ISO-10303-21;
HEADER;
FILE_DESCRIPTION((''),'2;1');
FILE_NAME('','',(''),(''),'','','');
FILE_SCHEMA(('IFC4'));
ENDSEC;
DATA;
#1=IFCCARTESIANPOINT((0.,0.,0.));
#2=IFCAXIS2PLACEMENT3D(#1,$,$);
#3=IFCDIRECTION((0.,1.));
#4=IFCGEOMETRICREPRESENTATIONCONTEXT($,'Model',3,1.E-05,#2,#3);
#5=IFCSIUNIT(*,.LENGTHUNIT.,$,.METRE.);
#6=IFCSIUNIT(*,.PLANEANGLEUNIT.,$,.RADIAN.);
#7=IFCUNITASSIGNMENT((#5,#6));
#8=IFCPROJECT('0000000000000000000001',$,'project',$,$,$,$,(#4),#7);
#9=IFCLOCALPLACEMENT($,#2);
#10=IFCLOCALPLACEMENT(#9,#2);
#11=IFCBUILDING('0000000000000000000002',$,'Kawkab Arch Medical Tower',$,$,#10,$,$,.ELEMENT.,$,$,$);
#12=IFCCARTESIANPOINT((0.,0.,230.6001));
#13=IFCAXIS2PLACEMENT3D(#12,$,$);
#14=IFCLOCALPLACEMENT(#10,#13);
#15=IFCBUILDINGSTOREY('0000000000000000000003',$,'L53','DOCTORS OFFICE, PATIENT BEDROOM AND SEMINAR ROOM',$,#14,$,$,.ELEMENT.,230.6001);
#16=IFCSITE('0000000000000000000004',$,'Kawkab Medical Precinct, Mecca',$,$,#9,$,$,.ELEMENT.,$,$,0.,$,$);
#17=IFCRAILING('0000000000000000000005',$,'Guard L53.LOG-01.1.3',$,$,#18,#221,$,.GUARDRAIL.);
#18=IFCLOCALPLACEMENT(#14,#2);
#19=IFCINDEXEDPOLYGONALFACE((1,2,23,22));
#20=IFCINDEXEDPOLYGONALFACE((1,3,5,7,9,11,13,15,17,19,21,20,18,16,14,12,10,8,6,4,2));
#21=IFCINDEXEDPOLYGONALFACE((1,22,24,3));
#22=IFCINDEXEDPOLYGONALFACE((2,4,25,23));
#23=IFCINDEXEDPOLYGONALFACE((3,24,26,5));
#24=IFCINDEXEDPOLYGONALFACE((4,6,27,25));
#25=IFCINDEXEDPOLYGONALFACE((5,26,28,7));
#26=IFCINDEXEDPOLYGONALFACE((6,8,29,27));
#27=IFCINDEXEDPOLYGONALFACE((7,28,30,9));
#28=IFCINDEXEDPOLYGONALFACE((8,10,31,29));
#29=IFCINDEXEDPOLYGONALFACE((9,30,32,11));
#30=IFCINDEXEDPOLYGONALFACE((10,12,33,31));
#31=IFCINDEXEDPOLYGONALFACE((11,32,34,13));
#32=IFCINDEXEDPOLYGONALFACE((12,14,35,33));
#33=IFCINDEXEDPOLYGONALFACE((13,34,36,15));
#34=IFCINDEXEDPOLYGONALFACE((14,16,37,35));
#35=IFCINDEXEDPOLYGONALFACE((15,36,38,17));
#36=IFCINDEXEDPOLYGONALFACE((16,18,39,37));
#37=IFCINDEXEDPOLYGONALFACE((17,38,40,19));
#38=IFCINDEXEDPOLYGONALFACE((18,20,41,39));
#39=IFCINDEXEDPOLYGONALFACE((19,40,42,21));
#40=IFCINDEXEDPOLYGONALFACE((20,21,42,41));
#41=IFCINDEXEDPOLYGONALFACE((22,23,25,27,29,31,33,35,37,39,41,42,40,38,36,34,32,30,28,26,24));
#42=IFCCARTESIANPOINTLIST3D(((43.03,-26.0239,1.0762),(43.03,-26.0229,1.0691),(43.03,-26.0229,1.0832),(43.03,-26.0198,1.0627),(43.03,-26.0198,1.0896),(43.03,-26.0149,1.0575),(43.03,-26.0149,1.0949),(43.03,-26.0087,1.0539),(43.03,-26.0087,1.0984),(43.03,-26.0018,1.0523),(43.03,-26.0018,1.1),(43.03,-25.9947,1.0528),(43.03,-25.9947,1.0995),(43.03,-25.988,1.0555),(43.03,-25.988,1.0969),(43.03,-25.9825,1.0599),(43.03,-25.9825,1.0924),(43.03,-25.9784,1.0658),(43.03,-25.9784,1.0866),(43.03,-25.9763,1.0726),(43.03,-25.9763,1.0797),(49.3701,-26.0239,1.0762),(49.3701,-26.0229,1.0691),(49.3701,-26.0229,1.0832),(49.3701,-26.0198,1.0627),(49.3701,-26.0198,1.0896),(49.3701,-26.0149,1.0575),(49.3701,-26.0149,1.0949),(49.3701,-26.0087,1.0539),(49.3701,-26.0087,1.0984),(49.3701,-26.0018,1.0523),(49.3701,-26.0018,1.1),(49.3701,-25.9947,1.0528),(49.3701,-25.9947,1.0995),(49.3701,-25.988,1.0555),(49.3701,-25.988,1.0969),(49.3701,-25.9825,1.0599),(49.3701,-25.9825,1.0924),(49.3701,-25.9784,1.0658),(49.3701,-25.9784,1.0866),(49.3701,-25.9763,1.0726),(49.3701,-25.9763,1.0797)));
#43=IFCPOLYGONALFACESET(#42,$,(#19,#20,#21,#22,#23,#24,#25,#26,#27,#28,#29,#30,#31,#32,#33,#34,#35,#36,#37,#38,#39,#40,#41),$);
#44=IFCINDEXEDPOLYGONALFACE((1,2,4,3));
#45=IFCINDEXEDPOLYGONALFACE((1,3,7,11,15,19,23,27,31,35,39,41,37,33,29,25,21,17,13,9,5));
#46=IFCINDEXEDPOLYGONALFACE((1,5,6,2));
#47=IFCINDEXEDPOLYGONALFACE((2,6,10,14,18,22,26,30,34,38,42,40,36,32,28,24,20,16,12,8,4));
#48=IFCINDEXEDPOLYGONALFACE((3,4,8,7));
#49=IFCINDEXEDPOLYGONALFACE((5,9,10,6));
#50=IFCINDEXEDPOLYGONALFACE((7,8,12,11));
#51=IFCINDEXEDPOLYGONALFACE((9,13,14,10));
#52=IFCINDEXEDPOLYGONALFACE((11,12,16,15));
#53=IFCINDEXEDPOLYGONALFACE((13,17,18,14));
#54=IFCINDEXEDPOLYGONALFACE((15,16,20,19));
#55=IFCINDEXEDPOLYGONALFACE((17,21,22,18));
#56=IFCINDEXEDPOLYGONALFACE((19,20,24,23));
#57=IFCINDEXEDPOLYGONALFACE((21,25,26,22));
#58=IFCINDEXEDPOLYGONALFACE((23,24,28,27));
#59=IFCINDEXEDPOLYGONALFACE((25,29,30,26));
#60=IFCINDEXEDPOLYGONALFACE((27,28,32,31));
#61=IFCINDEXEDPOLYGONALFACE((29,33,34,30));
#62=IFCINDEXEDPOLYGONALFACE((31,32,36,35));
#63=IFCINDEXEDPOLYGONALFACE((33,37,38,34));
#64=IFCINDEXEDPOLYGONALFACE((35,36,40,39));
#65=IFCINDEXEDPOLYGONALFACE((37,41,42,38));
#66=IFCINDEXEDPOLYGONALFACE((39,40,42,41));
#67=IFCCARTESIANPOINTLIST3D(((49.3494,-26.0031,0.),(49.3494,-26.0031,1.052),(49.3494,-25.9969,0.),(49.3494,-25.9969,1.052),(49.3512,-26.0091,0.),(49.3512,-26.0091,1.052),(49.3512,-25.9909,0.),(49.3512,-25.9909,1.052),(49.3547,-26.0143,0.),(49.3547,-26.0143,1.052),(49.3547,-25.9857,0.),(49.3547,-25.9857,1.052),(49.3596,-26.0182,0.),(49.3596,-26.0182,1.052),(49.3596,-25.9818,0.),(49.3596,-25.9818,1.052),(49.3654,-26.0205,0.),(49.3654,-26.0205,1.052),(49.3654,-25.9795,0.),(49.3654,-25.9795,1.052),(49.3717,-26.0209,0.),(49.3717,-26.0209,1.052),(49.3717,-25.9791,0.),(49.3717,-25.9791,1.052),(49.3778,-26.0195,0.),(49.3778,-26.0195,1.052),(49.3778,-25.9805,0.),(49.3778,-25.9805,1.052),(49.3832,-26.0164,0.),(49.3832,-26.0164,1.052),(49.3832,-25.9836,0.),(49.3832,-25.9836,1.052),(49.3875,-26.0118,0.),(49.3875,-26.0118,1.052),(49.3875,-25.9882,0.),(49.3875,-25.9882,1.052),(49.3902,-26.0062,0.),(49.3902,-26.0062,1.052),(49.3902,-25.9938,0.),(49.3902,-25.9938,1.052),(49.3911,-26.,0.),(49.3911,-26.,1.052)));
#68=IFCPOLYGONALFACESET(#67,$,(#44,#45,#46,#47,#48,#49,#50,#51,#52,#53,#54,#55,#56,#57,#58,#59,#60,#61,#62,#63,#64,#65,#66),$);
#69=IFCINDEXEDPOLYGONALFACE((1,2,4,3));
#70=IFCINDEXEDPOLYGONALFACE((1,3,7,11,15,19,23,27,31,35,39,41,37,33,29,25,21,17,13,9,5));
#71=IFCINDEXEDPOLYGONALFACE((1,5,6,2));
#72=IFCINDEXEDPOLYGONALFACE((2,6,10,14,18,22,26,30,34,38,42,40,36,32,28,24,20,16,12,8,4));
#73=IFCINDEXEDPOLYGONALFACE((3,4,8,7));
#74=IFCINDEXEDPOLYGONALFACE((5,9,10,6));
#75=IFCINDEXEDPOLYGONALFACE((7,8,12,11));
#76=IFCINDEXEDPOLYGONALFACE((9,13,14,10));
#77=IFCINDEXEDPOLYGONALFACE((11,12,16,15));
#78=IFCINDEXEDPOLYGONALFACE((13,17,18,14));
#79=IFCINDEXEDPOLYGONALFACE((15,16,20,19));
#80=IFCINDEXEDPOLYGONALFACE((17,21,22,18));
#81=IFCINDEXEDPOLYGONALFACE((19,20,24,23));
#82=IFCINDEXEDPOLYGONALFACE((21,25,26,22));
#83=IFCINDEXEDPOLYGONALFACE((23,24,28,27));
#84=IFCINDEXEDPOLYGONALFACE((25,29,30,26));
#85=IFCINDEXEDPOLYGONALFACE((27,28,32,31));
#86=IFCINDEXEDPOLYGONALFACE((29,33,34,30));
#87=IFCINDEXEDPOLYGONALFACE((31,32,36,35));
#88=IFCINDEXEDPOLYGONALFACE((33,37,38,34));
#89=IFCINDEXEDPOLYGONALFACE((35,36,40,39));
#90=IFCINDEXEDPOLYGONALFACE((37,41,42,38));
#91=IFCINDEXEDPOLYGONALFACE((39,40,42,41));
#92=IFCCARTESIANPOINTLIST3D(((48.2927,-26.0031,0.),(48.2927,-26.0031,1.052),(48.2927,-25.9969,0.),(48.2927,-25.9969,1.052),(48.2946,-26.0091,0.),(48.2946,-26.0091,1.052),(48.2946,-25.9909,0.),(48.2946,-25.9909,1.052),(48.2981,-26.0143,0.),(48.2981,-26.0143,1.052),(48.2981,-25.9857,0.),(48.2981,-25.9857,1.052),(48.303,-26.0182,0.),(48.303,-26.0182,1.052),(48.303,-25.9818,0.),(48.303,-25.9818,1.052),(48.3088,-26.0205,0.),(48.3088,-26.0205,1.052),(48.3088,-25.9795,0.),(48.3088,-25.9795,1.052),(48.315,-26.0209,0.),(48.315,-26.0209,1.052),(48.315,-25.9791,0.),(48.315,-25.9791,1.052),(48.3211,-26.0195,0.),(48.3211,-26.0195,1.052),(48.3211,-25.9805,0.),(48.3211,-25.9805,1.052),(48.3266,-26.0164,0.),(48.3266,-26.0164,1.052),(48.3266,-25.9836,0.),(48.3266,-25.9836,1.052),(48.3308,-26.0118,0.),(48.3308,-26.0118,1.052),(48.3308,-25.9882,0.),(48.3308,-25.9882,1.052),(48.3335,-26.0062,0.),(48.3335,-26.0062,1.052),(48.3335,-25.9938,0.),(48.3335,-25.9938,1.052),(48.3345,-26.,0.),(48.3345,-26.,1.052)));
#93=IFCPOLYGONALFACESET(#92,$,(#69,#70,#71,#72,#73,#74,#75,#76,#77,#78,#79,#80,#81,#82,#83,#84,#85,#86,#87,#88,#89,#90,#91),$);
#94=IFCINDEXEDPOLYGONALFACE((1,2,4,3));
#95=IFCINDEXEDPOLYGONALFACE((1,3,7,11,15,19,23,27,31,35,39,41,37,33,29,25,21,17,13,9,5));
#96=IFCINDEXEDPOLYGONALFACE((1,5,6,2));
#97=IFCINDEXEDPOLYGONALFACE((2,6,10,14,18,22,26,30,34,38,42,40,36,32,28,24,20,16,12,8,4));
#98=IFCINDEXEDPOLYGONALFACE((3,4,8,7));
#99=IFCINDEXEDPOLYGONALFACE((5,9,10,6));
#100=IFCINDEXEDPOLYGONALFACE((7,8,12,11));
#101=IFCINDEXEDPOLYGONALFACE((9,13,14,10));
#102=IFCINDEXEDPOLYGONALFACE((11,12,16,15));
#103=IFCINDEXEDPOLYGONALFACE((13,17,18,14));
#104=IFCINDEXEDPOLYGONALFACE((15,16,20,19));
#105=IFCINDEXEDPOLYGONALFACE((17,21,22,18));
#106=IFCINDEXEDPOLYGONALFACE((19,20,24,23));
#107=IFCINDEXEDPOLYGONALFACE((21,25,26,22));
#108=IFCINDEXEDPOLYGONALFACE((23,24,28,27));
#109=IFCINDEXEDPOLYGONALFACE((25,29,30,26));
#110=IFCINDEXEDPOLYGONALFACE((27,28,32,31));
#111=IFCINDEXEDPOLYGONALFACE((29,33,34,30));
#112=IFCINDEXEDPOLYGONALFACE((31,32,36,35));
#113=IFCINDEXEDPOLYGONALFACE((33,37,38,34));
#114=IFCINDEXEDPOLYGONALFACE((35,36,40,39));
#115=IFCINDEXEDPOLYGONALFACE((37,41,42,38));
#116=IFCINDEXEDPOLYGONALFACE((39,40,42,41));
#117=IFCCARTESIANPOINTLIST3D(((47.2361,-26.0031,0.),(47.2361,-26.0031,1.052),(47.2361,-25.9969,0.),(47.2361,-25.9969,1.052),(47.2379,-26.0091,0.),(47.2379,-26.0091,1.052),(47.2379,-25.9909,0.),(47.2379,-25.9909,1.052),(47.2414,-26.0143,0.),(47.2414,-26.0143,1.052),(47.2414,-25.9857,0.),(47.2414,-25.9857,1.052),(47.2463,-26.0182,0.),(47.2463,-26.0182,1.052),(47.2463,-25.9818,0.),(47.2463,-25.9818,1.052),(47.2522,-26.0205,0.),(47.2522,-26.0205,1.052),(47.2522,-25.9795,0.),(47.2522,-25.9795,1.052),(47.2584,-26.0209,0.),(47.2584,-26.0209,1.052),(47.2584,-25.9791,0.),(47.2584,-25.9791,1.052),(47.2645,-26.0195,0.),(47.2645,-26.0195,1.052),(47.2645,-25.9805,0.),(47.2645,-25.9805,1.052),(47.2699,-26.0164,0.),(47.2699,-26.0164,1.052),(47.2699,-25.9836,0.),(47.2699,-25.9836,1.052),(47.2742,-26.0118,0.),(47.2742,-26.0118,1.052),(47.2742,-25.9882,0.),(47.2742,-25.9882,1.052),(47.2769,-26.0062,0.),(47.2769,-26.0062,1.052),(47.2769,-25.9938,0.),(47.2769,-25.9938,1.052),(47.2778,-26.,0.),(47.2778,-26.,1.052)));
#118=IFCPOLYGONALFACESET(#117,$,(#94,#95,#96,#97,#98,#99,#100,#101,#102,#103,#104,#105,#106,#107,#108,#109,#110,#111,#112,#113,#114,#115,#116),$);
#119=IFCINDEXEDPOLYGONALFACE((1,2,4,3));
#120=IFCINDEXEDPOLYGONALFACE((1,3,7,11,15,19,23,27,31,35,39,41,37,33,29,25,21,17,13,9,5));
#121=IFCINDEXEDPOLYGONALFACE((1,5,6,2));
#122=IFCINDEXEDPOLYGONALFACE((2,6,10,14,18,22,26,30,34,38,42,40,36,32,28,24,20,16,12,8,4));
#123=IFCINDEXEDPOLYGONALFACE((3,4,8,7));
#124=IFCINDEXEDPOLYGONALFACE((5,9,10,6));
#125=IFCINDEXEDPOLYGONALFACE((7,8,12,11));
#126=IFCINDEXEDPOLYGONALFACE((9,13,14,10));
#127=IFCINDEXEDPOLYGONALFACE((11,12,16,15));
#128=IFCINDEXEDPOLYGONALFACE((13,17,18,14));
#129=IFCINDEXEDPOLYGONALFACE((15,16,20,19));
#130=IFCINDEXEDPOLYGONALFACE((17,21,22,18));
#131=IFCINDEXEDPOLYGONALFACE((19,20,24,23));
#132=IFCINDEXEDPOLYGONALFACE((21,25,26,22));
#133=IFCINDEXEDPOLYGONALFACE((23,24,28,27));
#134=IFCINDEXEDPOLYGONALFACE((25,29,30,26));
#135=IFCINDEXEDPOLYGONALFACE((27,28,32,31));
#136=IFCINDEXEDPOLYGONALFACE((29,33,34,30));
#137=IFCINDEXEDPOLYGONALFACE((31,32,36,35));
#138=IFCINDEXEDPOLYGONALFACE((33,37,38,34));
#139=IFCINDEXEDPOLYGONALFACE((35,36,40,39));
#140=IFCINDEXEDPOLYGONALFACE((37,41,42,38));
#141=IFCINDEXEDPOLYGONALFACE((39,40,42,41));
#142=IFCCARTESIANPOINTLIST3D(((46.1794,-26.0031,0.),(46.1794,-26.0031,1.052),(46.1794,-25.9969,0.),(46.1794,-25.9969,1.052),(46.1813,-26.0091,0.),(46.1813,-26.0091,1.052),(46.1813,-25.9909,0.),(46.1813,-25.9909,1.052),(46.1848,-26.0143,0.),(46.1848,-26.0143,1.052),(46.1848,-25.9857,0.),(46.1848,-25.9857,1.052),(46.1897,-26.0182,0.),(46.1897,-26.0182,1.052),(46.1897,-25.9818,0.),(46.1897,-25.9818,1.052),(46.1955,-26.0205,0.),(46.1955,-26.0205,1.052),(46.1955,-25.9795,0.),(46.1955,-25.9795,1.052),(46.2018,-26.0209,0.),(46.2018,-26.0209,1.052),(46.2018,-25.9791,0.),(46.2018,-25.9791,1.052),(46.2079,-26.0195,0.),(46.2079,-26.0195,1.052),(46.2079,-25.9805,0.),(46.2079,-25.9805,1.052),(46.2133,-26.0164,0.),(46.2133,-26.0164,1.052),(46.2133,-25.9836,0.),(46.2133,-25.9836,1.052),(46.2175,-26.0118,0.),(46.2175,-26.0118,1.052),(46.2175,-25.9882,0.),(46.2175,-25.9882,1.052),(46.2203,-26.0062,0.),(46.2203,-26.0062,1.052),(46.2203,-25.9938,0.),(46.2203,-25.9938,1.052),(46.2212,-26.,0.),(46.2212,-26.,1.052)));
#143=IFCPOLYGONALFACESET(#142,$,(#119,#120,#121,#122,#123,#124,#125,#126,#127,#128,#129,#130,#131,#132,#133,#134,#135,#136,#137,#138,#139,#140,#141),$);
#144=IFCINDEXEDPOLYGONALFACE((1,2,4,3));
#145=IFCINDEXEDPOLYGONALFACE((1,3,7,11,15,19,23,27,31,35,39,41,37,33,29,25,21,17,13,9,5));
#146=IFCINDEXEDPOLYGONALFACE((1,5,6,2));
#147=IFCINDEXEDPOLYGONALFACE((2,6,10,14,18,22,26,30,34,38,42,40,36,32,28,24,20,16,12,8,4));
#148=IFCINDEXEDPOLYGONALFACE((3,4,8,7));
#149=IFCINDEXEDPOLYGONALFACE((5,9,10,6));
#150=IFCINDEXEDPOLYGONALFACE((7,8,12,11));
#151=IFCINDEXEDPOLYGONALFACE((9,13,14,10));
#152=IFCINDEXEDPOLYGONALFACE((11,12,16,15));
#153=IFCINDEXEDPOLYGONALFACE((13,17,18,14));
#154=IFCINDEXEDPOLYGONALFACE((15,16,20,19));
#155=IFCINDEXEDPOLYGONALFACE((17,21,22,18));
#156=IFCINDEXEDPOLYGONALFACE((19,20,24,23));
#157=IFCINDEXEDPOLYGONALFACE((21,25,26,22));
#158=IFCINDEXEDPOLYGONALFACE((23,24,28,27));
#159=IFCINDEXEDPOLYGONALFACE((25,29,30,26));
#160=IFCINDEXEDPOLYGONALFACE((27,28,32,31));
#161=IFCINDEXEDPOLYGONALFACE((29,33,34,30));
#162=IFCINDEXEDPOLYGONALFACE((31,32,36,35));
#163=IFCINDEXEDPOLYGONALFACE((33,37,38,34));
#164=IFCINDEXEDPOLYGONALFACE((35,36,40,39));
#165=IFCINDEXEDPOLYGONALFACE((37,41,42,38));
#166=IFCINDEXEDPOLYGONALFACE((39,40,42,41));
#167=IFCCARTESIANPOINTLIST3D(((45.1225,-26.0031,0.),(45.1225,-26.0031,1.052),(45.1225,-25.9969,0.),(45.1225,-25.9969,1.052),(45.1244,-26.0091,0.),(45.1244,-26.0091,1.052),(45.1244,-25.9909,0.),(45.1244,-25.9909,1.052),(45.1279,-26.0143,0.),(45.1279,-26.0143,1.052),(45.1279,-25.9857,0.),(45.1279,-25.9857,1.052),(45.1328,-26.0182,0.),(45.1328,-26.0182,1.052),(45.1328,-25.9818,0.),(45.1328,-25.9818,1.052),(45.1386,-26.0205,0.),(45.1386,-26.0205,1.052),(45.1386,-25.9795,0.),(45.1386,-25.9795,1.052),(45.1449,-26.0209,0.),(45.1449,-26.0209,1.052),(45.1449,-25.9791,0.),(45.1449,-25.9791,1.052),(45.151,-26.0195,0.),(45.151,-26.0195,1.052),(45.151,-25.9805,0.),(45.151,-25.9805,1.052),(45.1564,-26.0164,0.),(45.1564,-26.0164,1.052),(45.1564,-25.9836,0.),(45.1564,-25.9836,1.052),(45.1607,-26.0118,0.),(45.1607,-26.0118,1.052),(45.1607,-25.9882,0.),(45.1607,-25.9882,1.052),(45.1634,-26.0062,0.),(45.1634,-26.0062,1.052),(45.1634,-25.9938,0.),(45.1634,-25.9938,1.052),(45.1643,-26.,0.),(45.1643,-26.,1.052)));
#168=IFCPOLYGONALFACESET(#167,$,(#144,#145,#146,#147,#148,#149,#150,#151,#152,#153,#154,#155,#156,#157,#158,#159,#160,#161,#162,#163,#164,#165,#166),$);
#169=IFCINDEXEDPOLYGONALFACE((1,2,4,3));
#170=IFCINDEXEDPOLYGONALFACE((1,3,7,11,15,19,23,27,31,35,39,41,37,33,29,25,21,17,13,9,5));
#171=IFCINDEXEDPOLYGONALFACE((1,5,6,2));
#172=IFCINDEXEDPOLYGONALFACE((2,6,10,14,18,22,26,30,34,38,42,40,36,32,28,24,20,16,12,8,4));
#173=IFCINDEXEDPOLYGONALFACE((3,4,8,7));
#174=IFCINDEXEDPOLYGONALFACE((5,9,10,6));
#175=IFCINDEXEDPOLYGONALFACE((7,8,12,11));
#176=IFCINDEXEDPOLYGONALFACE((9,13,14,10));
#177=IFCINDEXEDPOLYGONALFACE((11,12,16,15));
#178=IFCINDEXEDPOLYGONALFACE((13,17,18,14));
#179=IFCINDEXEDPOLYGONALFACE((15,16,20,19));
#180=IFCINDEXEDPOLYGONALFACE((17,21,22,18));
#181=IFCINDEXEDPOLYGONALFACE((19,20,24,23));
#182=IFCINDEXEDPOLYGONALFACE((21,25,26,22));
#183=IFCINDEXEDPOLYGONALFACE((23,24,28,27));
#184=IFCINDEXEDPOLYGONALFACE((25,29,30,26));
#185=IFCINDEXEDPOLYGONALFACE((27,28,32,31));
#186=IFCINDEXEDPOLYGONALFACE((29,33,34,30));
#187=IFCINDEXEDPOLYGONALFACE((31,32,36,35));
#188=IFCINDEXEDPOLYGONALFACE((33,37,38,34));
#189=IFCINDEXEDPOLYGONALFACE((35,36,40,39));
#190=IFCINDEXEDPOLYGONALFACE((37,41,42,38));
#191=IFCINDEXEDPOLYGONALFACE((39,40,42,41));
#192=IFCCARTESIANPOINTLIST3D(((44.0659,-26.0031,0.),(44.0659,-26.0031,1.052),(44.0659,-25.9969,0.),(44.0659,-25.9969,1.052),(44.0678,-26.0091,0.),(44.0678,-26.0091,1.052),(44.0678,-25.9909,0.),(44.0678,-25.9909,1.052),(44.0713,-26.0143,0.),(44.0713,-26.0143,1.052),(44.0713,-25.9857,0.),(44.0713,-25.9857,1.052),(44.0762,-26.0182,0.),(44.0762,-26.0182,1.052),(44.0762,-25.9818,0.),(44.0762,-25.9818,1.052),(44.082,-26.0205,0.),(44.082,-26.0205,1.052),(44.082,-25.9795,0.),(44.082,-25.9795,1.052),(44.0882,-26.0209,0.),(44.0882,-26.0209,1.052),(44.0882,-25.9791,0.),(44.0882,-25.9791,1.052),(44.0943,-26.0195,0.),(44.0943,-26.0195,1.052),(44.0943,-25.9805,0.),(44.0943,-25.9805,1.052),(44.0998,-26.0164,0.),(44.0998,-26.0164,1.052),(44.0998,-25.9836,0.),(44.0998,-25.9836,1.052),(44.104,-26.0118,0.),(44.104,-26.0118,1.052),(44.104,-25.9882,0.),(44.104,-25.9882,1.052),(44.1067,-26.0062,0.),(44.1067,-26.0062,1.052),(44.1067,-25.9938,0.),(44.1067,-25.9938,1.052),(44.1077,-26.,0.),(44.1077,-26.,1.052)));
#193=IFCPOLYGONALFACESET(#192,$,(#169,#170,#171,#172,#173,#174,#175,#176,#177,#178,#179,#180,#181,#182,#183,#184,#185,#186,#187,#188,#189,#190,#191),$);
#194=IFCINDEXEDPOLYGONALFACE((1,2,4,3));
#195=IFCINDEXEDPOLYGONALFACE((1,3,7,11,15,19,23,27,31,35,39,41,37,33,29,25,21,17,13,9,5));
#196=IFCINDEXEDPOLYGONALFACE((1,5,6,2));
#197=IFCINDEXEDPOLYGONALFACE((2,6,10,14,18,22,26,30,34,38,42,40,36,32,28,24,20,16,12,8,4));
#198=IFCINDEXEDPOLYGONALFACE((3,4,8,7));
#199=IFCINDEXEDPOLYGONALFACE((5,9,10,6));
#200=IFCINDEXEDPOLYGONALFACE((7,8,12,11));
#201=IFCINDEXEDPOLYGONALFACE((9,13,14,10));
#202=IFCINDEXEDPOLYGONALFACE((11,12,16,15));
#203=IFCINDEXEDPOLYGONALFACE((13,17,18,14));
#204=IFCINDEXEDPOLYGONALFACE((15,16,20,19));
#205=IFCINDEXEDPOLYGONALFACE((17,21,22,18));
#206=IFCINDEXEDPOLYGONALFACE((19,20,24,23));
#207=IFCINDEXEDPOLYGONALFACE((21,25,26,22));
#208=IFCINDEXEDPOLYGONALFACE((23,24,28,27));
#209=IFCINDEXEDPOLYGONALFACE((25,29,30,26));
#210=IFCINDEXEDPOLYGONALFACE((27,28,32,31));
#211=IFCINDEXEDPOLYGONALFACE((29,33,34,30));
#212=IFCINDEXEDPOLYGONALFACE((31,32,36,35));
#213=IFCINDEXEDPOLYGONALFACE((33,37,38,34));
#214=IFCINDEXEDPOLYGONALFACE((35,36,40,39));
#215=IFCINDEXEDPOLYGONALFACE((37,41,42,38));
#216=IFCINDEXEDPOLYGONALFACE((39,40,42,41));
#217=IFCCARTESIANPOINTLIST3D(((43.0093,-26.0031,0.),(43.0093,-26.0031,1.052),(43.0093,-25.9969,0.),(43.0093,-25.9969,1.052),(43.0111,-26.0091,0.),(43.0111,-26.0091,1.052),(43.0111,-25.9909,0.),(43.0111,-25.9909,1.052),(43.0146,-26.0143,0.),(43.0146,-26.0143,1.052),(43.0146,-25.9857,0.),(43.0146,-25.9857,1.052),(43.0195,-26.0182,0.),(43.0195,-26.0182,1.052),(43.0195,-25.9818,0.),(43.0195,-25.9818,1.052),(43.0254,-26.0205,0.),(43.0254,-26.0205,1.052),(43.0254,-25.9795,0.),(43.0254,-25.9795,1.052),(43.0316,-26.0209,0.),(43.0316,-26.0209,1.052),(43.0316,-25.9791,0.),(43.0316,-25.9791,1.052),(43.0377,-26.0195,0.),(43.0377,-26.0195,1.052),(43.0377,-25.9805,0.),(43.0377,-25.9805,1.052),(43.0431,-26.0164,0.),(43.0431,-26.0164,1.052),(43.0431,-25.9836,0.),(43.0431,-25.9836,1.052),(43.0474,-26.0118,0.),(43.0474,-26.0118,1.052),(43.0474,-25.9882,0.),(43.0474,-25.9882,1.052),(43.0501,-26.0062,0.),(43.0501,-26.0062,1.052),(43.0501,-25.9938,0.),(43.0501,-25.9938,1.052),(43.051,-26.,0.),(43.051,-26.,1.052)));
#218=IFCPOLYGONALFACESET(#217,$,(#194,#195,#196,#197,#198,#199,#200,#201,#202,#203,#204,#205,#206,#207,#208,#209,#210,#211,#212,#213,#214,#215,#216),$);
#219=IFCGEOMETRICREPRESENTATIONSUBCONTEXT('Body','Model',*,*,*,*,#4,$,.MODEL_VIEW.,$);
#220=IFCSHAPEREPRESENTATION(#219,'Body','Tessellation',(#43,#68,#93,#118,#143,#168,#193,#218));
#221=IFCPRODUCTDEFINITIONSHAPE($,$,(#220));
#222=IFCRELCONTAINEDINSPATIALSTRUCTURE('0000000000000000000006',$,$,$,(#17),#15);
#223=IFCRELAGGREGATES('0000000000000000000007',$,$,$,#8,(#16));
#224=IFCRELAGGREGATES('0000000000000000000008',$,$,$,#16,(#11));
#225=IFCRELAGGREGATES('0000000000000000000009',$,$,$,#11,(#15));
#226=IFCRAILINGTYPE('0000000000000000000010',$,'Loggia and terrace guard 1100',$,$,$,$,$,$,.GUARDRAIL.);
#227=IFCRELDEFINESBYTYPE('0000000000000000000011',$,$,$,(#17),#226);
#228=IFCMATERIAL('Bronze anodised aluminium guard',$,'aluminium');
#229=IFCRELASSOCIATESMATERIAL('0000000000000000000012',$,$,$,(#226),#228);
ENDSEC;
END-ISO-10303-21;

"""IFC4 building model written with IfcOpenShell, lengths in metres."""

from ifc_helpers import new_model, si_unit, direction, frame, origin, origin_2d, place, context, subcontext, project, spatial, circle, extrude, material, type_object, element, save


model = new_model("IFC4")

# Units and contexts
model_context = context("Model", 3, precision=1e-05, world=origin(), true_north=direction((0.0, 1.0)))
body_context = subcontext(model_context, "Body", "Model", "MODEL_VIEW")
ifc_project = project(units=[si_unit("LENGTHUNIT", "METRE"), si_unit("PLANEANGLEUNIT", "RADIAN")], contexts=[model_context])

# Site, building, storey
site_placement = place(None, origin())
site = spatial("IfcSite", under=ifc_project, at=site_placement, Name="Kawkab Medical Precinct, Mecca", CompositionType="ELEMENT", RefElevation=0.0)
building_placement = place(site_placement, origin())
building = spatial("IfcBuilding", under=site, at=building_placement, Name="Kawkab Arch Medical Tower", CompositionType="ELEMENT")
storey_placement = place(building_placement, frame((0.0, 0.0, 230.6001)))
storey = spatial("IfcBuildingStorey", under=building, at=storey_placement, Name="L53", Description="DOCTORS OFFICE, PATIENT BEDROOM AND SEMINAR ROOM", CompositionType="ELEMENT", Elevation=230.6001)

# Railing
ifc_material_1 = material(Name="Bronze anodised aluminium guard", Category="aluminium")
railing_type = type_object("IfcRailingType", Name="Loggia and terrace guard 1100", PredefinedType="GUARDRAIL", material=ifc_material_1)
railing_1_placement = place(storey_placement, frame((49.3701, -26.0, 0.0)))
element("IfcRailing", 1, at=railing_1_placement, inside=storey, type_object=railing_type, Name="Guard L53.LOG-01.1.3", PredefinedType="GUARDRAIL", context=body_context, shape_type="SweptSolid", body=[
    extrude(circle(Radius=0.0239, at=origin_2d()), frame((0.0, 0.0, 1.0762), z_axis=(-1.0, 0.0, 0.0), x_axis=(0.0, -1.0, 0.0)), (0.0, 0.0, 1.0), 6.3401),
    extrude(circle(Radius=0.021, at=origin_2d()), origin(), (0.0, 0.0, 1.0), 1.052),
    extrude(circle(Radius=0.021, at=origin_2d()), frame((-1.0566, 0.0, 0.0)), (0.0, 0.0, 1.0), 1.052),
    extrude(circle(Radius=0.021, at=origin_2d()), frame((-2.1133, 0.0, 0.0)), (0.0, 0.0, 1.0), 1.052),
    extrude(circle(Radius=0.021, at=origin_2d()), frame((-3.1699, 0.0, 0.0)), (0.0, 0.0, 1.0), 1.052),
    extrude(circle(Radius=0.021, at=origin_2d()), frame((-4.2268, 0.0, 0.0)), (0.0, 0.0, 1.0), 1.052),
    extrude(circle(Radius=0.021, at=origin_2d()), frame((-5.2834, 0.0, 0.0)), (0.0, 0.0, 1.0), 1.052),
    extrude(circle(Radius=0.021, at=origin_2d()), frame((-6.3401, 0.0, 0.0)), (0.0, 0.0, 1.0), 1.052),
])

save(model, "model.ifc")
